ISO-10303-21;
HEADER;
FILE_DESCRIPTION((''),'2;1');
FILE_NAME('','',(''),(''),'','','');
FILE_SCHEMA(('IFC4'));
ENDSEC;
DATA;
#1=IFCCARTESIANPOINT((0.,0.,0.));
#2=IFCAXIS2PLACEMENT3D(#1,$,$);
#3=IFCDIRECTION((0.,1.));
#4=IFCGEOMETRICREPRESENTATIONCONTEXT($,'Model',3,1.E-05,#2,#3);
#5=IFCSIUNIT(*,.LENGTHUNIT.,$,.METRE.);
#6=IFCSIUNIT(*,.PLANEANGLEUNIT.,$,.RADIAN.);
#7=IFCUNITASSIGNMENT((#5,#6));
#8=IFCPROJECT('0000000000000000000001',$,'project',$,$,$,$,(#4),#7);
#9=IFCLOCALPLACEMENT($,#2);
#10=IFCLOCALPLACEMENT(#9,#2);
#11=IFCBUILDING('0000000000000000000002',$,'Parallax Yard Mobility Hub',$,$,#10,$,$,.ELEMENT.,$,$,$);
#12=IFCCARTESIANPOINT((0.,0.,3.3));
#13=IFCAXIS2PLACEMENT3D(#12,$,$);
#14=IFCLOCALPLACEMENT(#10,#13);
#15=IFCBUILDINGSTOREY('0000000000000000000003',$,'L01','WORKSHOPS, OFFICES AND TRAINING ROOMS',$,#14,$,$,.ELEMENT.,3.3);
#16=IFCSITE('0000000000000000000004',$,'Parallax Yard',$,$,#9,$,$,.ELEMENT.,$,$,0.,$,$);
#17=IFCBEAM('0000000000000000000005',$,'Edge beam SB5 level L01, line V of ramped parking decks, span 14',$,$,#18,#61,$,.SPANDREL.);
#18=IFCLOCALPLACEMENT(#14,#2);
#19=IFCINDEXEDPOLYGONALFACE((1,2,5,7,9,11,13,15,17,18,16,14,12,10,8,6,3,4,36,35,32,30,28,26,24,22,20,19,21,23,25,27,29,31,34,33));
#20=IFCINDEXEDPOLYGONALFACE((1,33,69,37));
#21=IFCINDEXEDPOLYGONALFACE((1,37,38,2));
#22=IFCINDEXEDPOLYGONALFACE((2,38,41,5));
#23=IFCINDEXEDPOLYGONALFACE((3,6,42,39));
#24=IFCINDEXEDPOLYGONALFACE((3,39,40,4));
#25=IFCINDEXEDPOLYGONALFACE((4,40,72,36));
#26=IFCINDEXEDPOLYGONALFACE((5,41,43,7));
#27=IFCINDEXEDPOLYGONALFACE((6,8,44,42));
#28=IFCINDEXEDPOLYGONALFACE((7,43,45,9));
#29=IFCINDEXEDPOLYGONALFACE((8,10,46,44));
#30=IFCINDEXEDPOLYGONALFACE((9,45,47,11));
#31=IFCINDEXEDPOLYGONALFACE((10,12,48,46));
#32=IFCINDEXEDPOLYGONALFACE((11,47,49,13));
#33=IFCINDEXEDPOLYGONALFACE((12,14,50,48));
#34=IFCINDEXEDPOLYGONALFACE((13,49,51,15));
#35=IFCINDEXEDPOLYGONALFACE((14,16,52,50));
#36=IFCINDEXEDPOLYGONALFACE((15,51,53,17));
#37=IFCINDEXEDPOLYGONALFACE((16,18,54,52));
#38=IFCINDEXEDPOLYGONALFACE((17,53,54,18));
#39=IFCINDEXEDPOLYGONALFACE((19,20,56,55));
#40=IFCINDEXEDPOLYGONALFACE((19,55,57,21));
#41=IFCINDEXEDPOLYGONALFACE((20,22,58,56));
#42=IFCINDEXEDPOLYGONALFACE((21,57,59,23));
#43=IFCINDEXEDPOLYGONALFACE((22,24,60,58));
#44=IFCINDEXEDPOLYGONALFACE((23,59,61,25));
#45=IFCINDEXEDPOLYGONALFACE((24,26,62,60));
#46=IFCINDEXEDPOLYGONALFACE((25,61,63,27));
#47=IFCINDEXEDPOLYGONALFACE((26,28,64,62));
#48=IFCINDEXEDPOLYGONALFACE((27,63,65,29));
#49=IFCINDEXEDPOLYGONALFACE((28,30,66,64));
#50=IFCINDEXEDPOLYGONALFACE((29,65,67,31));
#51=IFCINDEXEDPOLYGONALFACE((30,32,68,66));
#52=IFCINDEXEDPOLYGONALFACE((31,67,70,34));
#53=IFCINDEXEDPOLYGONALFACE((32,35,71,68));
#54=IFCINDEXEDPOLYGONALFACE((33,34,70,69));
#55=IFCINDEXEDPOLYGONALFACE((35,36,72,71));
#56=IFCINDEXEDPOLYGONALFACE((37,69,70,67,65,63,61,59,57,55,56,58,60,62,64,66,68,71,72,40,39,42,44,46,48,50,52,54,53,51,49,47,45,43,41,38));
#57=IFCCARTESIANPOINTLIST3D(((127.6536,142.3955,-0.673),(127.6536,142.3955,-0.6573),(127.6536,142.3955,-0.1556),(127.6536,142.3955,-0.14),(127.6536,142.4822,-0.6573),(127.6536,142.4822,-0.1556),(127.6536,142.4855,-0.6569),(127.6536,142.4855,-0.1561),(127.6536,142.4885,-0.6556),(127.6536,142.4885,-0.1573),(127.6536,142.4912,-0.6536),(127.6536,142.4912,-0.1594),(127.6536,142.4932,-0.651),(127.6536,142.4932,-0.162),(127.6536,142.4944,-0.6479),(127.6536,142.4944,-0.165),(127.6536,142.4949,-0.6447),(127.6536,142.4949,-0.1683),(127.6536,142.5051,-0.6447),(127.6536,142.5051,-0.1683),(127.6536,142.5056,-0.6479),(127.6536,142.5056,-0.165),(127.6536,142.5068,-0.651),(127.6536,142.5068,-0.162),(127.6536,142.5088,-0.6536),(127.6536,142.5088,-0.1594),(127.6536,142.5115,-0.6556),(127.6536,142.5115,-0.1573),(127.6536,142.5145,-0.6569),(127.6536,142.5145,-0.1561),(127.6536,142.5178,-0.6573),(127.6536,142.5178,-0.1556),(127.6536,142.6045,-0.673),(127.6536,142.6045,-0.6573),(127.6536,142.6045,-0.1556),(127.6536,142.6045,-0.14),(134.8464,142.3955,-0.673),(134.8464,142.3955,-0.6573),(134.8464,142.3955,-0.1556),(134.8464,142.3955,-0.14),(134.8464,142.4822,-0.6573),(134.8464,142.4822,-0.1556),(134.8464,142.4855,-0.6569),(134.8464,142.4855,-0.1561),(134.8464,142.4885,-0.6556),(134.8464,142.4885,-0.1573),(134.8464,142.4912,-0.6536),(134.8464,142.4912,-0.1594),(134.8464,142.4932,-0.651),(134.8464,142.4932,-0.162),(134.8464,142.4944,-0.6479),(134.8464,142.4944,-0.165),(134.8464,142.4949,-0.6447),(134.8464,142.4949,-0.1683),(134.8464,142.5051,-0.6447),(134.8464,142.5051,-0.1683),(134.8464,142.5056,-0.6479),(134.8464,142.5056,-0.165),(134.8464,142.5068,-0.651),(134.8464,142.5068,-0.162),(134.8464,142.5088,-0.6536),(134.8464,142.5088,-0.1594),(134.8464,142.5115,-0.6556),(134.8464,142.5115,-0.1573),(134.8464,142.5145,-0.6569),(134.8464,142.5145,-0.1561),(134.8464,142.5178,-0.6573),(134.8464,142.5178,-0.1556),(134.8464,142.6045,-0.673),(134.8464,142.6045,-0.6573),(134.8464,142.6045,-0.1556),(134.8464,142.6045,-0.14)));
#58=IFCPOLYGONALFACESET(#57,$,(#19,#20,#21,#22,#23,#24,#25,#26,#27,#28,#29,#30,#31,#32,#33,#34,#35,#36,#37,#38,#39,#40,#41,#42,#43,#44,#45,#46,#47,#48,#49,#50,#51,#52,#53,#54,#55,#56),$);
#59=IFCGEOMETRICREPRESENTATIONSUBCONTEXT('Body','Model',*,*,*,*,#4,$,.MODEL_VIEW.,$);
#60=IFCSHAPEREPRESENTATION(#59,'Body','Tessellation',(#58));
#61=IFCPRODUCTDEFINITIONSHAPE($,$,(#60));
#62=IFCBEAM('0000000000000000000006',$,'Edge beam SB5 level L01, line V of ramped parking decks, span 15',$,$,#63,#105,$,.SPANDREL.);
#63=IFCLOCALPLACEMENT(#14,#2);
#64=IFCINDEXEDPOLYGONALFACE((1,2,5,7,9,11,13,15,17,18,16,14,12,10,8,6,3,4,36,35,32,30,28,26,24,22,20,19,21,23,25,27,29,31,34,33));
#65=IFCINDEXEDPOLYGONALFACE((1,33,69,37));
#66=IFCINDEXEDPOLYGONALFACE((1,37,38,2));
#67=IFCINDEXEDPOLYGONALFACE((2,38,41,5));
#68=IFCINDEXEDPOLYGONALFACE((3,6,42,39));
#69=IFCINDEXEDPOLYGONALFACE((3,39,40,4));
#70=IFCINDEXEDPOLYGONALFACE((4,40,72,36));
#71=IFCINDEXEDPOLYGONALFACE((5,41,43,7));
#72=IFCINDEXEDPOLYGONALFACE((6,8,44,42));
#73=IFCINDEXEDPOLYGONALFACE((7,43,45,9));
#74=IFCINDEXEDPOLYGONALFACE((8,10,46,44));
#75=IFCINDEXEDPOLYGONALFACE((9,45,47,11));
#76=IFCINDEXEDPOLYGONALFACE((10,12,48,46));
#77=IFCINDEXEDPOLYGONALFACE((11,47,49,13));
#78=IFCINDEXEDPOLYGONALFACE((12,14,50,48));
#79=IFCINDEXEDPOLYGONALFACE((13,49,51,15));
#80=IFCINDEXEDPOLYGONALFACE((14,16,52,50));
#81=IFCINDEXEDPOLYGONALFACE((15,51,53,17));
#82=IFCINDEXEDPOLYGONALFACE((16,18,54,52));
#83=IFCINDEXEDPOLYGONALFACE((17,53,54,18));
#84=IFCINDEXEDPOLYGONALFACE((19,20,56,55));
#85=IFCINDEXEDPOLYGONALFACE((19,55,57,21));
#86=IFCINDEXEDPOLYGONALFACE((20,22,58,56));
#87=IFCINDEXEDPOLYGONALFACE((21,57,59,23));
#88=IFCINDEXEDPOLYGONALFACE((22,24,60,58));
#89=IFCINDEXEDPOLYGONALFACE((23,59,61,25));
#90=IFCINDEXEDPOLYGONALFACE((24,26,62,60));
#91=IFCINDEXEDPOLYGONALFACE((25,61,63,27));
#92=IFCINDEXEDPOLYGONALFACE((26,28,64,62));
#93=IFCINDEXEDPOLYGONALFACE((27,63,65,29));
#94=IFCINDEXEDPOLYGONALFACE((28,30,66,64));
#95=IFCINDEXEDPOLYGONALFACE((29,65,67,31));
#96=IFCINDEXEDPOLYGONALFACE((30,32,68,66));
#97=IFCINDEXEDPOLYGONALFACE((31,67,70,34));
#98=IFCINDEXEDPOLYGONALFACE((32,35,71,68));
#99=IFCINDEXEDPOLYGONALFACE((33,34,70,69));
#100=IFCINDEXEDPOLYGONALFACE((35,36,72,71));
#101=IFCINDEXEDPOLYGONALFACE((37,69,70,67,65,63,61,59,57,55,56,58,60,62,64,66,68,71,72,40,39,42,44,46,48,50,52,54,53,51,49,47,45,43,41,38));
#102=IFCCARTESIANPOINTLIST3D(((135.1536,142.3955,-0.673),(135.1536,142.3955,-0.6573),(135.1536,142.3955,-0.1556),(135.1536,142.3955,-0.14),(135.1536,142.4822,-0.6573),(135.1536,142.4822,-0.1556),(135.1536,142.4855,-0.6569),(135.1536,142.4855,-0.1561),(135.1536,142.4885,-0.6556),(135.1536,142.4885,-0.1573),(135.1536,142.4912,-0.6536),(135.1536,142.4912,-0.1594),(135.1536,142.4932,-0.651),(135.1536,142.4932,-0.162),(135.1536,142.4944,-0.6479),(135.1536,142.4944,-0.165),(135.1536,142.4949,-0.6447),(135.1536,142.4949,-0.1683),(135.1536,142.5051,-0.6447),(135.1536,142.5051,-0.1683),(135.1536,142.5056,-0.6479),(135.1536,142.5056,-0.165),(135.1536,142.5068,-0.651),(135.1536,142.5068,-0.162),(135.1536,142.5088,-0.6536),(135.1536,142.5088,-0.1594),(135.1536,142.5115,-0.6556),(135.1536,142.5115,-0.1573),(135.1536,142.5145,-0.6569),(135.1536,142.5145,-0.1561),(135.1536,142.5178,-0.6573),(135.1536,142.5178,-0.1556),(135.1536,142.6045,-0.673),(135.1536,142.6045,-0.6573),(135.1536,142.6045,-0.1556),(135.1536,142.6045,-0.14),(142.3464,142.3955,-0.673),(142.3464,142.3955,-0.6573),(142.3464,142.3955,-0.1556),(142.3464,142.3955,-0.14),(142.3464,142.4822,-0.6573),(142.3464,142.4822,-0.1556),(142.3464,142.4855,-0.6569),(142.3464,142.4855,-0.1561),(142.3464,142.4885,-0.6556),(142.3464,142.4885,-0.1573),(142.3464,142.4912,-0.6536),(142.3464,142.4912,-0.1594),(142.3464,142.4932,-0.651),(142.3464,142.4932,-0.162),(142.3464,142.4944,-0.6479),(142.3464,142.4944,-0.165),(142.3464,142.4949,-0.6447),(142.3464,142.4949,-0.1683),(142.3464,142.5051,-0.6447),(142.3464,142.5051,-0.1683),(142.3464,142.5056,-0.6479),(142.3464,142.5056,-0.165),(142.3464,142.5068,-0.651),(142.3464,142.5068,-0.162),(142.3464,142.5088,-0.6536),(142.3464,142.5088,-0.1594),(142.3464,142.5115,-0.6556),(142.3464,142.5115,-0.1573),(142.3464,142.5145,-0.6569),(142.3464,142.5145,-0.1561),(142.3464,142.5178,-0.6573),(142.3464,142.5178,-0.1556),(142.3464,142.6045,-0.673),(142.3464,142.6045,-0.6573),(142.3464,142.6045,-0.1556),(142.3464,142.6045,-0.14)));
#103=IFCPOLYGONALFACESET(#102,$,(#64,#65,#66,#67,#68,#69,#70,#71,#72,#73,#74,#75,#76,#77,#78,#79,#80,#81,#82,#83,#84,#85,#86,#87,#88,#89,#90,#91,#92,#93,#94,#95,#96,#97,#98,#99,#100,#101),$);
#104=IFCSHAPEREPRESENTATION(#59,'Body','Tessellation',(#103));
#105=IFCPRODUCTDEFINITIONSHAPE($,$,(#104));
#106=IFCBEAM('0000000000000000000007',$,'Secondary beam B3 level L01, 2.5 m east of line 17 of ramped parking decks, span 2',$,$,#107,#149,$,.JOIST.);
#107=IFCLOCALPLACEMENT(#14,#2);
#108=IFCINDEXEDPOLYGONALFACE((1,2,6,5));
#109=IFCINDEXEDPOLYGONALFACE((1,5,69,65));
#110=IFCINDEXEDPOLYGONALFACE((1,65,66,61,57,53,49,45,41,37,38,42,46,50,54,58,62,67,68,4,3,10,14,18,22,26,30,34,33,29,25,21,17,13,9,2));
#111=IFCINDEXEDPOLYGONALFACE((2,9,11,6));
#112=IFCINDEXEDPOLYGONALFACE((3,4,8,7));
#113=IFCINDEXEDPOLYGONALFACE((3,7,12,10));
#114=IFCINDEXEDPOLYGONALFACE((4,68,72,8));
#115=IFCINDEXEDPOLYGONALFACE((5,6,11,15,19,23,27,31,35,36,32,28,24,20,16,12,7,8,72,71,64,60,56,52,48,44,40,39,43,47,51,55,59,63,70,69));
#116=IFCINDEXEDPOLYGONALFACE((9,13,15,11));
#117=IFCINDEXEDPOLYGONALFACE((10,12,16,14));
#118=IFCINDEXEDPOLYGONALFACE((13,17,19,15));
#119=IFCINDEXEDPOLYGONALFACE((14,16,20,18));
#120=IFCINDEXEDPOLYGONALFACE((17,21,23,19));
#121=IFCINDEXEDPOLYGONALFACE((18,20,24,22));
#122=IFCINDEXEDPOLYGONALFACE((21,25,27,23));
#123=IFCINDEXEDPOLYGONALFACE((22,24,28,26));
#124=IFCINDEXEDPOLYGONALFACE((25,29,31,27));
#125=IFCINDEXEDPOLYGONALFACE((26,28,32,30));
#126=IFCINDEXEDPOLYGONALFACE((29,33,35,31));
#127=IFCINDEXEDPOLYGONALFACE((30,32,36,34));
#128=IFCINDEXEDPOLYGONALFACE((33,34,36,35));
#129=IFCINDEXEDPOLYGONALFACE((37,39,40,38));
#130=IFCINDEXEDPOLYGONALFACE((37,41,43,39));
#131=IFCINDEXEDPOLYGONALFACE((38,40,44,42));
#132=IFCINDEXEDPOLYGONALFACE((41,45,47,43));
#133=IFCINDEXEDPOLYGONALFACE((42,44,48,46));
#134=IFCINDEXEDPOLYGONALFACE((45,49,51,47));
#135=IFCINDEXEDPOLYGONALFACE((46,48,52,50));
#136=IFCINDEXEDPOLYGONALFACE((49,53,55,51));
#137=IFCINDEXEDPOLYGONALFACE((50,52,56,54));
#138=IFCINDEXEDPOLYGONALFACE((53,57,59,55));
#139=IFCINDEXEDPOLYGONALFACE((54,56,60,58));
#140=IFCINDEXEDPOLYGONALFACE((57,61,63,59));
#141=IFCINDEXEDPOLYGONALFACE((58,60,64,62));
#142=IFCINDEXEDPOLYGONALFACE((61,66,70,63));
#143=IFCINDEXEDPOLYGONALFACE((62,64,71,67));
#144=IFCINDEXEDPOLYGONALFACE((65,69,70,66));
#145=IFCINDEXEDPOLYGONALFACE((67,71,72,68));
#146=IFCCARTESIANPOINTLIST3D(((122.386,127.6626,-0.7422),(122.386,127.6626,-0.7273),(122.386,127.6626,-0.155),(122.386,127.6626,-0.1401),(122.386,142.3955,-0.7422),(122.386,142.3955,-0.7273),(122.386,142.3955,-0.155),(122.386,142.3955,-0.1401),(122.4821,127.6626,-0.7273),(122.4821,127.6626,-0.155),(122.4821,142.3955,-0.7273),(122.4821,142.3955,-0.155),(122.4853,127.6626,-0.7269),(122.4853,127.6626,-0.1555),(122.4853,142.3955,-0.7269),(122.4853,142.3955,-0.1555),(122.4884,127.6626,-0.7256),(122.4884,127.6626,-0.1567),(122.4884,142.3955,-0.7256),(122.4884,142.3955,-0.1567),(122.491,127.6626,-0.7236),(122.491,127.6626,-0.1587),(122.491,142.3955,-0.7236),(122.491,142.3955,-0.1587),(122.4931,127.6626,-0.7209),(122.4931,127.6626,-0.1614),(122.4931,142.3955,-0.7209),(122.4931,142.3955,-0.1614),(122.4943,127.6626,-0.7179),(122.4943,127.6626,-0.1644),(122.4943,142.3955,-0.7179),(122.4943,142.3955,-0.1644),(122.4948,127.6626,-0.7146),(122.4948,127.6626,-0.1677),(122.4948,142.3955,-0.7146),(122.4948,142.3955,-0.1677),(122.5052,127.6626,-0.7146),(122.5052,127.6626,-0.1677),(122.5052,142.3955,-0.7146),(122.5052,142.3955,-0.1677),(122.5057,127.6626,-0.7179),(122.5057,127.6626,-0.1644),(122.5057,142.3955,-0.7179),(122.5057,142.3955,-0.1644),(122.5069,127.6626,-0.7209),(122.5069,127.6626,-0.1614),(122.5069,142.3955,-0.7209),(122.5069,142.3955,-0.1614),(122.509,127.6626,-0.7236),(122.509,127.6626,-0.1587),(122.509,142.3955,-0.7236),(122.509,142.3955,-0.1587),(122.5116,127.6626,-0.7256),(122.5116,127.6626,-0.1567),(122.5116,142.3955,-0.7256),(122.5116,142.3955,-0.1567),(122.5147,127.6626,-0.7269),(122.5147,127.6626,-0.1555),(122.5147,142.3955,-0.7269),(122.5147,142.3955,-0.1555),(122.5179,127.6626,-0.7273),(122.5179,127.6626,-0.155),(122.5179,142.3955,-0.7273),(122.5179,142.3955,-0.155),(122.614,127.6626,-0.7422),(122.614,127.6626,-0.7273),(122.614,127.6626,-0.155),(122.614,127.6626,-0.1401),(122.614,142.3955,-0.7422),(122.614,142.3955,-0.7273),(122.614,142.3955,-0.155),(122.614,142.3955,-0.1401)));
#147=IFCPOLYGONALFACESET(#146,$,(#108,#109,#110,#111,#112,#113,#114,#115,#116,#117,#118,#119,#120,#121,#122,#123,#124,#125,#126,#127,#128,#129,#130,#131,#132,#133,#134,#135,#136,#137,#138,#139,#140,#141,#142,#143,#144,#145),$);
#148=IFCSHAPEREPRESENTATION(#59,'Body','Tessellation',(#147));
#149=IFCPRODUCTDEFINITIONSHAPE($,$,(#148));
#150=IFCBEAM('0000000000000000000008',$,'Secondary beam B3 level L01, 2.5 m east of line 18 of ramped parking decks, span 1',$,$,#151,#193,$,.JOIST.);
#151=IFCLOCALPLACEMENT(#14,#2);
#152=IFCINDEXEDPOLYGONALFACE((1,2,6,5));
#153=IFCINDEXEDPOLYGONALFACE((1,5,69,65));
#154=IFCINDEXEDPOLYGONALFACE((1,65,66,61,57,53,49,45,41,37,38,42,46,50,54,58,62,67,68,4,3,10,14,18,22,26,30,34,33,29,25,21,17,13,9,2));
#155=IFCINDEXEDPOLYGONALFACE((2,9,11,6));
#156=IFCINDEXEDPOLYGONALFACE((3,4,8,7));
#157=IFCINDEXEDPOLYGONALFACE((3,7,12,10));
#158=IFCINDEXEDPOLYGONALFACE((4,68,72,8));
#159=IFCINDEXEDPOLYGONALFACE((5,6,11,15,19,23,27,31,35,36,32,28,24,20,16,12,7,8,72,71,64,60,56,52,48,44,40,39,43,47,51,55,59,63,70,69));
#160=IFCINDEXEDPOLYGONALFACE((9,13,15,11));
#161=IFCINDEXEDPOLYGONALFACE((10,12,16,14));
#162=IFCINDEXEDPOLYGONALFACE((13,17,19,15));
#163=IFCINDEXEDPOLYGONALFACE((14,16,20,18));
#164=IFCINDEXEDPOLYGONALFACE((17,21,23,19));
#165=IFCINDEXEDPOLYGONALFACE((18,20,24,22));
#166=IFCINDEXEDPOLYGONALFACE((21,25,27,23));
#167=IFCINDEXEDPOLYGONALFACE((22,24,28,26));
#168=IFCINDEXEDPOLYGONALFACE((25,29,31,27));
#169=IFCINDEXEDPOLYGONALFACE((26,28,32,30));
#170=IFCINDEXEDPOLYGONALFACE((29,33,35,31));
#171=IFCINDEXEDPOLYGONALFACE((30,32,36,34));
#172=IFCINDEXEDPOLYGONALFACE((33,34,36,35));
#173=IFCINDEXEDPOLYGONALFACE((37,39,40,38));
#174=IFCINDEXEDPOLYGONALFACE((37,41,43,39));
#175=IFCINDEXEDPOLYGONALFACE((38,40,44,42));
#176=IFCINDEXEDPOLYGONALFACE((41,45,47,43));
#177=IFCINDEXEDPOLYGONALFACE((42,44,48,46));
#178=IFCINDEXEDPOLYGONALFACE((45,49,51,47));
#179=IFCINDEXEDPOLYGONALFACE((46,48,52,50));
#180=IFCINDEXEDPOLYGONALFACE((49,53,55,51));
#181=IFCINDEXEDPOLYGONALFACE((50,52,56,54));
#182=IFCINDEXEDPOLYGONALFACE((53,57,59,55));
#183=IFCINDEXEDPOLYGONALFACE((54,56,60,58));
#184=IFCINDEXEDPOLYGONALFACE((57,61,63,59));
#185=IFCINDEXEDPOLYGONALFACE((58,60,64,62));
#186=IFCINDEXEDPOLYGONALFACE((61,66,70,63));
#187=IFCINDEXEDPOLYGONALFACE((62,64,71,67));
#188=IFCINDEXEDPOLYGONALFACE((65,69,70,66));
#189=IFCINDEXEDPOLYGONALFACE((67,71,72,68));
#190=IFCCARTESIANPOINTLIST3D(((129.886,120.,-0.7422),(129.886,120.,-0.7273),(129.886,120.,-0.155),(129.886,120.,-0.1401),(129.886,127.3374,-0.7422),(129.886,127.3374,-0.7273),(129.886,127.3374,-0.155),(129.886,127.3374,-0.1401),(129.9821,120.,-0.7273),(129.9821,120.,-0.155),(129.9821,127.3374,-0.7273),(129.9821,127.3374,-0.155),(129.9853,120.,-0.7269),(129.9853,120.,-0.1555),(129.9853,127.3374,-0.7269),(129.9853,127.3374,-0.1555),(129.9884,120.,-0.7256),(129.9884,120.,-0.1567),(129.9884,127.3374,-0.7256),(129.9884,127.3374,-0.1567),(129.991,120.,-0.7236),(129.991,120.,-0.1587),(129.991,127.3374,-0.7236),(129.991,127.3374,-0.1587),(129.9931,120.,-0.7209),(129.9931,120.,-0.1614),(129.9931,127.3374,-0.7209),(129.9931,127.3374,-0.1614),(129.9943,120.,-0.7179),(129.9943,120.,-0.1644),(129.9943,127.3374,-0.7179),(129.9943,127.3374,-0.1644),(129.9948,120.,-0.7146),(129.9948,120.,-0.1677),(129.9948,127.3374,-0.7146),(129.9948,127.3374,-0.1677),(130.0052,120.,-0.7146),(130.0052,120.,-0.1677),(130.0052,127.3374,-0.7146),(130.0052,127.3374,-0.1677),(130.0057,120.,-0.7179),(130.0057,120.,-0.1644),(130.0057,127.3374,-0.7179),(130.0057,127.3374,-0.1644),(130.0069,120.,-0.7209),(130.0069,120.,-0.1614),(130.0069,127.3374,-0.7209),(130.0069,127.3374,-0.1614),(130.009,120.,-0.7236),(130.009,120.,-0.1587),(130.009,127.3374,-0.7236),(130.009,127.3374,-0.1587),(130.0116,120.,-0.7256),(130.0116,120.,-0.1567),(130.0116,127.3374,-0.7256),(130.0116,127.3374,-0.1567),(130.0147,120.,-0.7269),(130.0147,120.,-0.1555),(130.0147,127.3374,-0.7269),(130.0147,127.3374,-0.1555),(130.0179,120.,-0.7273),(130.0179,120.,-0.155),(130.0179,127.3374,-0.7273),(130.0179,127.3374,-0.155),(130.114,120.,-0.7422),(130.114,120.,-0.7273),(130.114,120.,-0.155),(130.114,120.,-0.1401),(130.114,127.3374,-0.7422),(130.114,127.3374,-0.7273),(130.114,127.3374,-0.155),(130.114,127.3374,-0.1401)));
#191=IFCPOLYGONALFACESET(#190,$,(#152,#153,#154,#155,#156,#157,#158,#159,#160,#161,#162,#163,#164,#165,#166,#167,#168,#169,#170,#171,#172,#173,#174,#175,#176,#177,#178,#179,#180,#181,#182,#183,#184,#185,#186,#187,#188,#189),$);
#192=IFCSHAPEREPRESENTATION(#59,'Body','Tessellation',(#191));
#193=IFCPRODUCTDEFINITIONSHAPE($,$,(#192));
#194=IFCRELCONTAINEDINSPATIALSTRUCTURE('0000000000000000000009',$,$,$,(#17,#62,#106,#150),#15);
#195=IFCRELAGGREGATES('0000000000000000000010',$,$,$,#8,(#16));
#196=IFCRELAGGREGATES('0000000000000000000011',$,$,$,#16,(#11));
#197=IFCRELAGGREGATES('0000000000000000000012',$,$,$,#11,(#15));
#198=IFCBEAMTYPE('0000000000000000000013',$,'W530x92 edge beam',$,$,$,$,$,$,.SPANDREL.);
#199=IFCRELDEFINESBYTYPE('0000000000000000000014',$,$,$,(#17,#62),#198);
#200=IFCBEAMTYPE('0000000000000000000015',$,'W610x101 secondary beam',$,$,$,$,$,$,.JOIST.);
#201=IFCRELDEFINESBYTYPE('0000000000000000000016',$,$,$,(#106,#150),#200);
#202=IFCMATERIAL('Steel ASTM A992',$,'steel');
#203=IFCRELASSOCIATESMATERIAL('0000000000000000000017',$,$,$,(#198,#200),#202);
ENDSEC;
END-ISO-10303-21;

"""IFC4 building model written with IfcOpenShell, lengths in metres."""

from ifc_helpers import new_model, si_unit, direction, frame, origin, origin_2d, place, context, subcontext, project, spatial, i_section, extrude, material, material_profile, profile_set, type_object, element, save


model = new_model("IFC4")

# Units and contexts
model_context = context("Model", 3, precision=1e-05, world=origin(), true_north=direction((0.0, 1.0)))
body_context = subcontext(model_context, "Body", "Model", "MODEL_VIEW")
ifc_project = project(units=[si_unit("LENGTHUNIT", "METRE"), si_unit("PLANEANGLEUNIT", "RADIAN")], contexts=[model_context])

# Site, building, storey
site_placement = place(None, origin())
site = spatial("IfcSite", under=ifc_project, at=site_placement, Name="Parallax Yard", CompositionType="ELEMENT", RefElevation=0.0)
building_placement = place(site_placement, origin())
building = spatial("IfcBuilding", under=site, at=building_placement, Name="Parallax Yard Mobility Hub", CompositionType="ELEMENT")
storey_placement = place(building_placement, frame((0.0, 0.0, 3.3)))
storey = spatial("IfcBuildingStorey", under=building, at=storey_placement, Name="L01", Description="WORKSHOPS, OFFICES AND TRAINING ROOMS", CompositionType="ELEMENT", Elevation=3.3)

# Shared definitions
ifc_material_1 = material(Name="Steel ASTM A992", Category="steel")

# Beams
ifc_material_profile_1 = material_profile(ifc_material_1, i_section(OverallWidth=0.209, OverallDepth=0.533, WebThickness=0.0103, FlangeThickness=0.0156, FilletRadius=0.0127, at=origin_2d()), Name="W530x92")
ifc_profile_set_1 = profile_set([ifc_material_profile_1], Name="Steel ASTM A992")
beam_type_1 = type_object("IfcBeamType", Name="W530x92 edge beam", PredefinedType="SPANDREL", material=ifc_profile_set_1)
for number, where, z_axis, x_axis, name in (
    (1, (127.6536, 142.5, -0.4065), (1.0, 0.0, 0.0), (0.0, 1.0, 0.0), "Edge beam SB5 level L01, line V of ramped parking decks, span 14"),
    (2, (135.1536, 142.5, -0.4065), (1.0, 0.0, 0.0), (0.0, 1.0, 0.0), "Edge beam SB5 level L01, line V of ramped parking decks, span 15"),
):
    element("IfcBeam", number, at=place(storey_placement, frame(where, z_axis=z_axis, x_axis=x_axis)), inside=storey, type_object=beam_type_1, Name=name, PredefinedType="SPANDREL", context=body_context, shape_type="SweptSolid", body=[
        extrude(i_section(OverallWidth=0.209, OverallDepth=0.533, WebThickness=0.0103, FlangeThickness=0.0156, FilletRadius=0.0127, at=origin_2d()), origin(), (0.0, 0.0, 1.0), 7.1929),
    ])
ifc_material_profile_2 = material_profile(ifc_material_1, i_section(OverallWidth=0.228, OverallDepth=0.6021, WebThickness=0.0105, FlangeThickness=0.0149, FilletRadius=0.0127, at=origin_2d()), Name="W610x101")
ifc_profile_set_2 = profile_set([ifc_material_profile_2], Name="Steel ASTM A992")
beam_type_2 = type_object("IfcBeamType", Name="W610x101 secondary beam", PredefinedType="JOIST", material=ifc_profile_set_2)
beam_1_placement = place(storey_placement, frame((122.5, 127.6626, -0.4412), z_axis=(0.0, 1.0, 0.0), x_axis=(-1.0, 0.0, 0.0)))
element("IfcBeam", 3, at=beam_1_placement, inside=storey, type_object=beam_type_2, Name="Secondary beam B3 level L01, 2.5 m east of line 17 of ramped parking decks, span 2", PredefinedType="JOIST", context=body_context, shape_type="SweptSolid", body=[
    extrude(i_section(OverallWidth=0.228, OverallDepth=0.6021, WebThickness=0.0105, FlangeThickness=0.0149, FilletRadius=0.0127, at=origin_2d()), origin(), (0.0, 0.0, 1.0), 14.7329),
])
beam_2_placement = place(storey_placement, frame((130.0, 120.0, -0.4412), z_axis=(0.0, 1.0, 0.0), x_axis=(-1.0, 0.0, 0.0)))
element("IfcBeam", 4, at=beam_2_placement, inside=storey, type_object=beam_type_2, Name="Secondary beam B3 level L01, 2.5 m east of line 18 of ramped parking decks, span 1", PredefinedType="JOIST", context=body_context, shape_type="SweptSolid", body=[
    extrude(i_section(OverallWidth=0.228, OverallDepth=0.6021, WebThickness=0.0105, FlangeThickness=0.0149, FilletRadius=0.0127, at=origin_2d()), origin(), (0.0, 0.0, 1.0), 7.3374),
])

save(model, "model.ifc")
